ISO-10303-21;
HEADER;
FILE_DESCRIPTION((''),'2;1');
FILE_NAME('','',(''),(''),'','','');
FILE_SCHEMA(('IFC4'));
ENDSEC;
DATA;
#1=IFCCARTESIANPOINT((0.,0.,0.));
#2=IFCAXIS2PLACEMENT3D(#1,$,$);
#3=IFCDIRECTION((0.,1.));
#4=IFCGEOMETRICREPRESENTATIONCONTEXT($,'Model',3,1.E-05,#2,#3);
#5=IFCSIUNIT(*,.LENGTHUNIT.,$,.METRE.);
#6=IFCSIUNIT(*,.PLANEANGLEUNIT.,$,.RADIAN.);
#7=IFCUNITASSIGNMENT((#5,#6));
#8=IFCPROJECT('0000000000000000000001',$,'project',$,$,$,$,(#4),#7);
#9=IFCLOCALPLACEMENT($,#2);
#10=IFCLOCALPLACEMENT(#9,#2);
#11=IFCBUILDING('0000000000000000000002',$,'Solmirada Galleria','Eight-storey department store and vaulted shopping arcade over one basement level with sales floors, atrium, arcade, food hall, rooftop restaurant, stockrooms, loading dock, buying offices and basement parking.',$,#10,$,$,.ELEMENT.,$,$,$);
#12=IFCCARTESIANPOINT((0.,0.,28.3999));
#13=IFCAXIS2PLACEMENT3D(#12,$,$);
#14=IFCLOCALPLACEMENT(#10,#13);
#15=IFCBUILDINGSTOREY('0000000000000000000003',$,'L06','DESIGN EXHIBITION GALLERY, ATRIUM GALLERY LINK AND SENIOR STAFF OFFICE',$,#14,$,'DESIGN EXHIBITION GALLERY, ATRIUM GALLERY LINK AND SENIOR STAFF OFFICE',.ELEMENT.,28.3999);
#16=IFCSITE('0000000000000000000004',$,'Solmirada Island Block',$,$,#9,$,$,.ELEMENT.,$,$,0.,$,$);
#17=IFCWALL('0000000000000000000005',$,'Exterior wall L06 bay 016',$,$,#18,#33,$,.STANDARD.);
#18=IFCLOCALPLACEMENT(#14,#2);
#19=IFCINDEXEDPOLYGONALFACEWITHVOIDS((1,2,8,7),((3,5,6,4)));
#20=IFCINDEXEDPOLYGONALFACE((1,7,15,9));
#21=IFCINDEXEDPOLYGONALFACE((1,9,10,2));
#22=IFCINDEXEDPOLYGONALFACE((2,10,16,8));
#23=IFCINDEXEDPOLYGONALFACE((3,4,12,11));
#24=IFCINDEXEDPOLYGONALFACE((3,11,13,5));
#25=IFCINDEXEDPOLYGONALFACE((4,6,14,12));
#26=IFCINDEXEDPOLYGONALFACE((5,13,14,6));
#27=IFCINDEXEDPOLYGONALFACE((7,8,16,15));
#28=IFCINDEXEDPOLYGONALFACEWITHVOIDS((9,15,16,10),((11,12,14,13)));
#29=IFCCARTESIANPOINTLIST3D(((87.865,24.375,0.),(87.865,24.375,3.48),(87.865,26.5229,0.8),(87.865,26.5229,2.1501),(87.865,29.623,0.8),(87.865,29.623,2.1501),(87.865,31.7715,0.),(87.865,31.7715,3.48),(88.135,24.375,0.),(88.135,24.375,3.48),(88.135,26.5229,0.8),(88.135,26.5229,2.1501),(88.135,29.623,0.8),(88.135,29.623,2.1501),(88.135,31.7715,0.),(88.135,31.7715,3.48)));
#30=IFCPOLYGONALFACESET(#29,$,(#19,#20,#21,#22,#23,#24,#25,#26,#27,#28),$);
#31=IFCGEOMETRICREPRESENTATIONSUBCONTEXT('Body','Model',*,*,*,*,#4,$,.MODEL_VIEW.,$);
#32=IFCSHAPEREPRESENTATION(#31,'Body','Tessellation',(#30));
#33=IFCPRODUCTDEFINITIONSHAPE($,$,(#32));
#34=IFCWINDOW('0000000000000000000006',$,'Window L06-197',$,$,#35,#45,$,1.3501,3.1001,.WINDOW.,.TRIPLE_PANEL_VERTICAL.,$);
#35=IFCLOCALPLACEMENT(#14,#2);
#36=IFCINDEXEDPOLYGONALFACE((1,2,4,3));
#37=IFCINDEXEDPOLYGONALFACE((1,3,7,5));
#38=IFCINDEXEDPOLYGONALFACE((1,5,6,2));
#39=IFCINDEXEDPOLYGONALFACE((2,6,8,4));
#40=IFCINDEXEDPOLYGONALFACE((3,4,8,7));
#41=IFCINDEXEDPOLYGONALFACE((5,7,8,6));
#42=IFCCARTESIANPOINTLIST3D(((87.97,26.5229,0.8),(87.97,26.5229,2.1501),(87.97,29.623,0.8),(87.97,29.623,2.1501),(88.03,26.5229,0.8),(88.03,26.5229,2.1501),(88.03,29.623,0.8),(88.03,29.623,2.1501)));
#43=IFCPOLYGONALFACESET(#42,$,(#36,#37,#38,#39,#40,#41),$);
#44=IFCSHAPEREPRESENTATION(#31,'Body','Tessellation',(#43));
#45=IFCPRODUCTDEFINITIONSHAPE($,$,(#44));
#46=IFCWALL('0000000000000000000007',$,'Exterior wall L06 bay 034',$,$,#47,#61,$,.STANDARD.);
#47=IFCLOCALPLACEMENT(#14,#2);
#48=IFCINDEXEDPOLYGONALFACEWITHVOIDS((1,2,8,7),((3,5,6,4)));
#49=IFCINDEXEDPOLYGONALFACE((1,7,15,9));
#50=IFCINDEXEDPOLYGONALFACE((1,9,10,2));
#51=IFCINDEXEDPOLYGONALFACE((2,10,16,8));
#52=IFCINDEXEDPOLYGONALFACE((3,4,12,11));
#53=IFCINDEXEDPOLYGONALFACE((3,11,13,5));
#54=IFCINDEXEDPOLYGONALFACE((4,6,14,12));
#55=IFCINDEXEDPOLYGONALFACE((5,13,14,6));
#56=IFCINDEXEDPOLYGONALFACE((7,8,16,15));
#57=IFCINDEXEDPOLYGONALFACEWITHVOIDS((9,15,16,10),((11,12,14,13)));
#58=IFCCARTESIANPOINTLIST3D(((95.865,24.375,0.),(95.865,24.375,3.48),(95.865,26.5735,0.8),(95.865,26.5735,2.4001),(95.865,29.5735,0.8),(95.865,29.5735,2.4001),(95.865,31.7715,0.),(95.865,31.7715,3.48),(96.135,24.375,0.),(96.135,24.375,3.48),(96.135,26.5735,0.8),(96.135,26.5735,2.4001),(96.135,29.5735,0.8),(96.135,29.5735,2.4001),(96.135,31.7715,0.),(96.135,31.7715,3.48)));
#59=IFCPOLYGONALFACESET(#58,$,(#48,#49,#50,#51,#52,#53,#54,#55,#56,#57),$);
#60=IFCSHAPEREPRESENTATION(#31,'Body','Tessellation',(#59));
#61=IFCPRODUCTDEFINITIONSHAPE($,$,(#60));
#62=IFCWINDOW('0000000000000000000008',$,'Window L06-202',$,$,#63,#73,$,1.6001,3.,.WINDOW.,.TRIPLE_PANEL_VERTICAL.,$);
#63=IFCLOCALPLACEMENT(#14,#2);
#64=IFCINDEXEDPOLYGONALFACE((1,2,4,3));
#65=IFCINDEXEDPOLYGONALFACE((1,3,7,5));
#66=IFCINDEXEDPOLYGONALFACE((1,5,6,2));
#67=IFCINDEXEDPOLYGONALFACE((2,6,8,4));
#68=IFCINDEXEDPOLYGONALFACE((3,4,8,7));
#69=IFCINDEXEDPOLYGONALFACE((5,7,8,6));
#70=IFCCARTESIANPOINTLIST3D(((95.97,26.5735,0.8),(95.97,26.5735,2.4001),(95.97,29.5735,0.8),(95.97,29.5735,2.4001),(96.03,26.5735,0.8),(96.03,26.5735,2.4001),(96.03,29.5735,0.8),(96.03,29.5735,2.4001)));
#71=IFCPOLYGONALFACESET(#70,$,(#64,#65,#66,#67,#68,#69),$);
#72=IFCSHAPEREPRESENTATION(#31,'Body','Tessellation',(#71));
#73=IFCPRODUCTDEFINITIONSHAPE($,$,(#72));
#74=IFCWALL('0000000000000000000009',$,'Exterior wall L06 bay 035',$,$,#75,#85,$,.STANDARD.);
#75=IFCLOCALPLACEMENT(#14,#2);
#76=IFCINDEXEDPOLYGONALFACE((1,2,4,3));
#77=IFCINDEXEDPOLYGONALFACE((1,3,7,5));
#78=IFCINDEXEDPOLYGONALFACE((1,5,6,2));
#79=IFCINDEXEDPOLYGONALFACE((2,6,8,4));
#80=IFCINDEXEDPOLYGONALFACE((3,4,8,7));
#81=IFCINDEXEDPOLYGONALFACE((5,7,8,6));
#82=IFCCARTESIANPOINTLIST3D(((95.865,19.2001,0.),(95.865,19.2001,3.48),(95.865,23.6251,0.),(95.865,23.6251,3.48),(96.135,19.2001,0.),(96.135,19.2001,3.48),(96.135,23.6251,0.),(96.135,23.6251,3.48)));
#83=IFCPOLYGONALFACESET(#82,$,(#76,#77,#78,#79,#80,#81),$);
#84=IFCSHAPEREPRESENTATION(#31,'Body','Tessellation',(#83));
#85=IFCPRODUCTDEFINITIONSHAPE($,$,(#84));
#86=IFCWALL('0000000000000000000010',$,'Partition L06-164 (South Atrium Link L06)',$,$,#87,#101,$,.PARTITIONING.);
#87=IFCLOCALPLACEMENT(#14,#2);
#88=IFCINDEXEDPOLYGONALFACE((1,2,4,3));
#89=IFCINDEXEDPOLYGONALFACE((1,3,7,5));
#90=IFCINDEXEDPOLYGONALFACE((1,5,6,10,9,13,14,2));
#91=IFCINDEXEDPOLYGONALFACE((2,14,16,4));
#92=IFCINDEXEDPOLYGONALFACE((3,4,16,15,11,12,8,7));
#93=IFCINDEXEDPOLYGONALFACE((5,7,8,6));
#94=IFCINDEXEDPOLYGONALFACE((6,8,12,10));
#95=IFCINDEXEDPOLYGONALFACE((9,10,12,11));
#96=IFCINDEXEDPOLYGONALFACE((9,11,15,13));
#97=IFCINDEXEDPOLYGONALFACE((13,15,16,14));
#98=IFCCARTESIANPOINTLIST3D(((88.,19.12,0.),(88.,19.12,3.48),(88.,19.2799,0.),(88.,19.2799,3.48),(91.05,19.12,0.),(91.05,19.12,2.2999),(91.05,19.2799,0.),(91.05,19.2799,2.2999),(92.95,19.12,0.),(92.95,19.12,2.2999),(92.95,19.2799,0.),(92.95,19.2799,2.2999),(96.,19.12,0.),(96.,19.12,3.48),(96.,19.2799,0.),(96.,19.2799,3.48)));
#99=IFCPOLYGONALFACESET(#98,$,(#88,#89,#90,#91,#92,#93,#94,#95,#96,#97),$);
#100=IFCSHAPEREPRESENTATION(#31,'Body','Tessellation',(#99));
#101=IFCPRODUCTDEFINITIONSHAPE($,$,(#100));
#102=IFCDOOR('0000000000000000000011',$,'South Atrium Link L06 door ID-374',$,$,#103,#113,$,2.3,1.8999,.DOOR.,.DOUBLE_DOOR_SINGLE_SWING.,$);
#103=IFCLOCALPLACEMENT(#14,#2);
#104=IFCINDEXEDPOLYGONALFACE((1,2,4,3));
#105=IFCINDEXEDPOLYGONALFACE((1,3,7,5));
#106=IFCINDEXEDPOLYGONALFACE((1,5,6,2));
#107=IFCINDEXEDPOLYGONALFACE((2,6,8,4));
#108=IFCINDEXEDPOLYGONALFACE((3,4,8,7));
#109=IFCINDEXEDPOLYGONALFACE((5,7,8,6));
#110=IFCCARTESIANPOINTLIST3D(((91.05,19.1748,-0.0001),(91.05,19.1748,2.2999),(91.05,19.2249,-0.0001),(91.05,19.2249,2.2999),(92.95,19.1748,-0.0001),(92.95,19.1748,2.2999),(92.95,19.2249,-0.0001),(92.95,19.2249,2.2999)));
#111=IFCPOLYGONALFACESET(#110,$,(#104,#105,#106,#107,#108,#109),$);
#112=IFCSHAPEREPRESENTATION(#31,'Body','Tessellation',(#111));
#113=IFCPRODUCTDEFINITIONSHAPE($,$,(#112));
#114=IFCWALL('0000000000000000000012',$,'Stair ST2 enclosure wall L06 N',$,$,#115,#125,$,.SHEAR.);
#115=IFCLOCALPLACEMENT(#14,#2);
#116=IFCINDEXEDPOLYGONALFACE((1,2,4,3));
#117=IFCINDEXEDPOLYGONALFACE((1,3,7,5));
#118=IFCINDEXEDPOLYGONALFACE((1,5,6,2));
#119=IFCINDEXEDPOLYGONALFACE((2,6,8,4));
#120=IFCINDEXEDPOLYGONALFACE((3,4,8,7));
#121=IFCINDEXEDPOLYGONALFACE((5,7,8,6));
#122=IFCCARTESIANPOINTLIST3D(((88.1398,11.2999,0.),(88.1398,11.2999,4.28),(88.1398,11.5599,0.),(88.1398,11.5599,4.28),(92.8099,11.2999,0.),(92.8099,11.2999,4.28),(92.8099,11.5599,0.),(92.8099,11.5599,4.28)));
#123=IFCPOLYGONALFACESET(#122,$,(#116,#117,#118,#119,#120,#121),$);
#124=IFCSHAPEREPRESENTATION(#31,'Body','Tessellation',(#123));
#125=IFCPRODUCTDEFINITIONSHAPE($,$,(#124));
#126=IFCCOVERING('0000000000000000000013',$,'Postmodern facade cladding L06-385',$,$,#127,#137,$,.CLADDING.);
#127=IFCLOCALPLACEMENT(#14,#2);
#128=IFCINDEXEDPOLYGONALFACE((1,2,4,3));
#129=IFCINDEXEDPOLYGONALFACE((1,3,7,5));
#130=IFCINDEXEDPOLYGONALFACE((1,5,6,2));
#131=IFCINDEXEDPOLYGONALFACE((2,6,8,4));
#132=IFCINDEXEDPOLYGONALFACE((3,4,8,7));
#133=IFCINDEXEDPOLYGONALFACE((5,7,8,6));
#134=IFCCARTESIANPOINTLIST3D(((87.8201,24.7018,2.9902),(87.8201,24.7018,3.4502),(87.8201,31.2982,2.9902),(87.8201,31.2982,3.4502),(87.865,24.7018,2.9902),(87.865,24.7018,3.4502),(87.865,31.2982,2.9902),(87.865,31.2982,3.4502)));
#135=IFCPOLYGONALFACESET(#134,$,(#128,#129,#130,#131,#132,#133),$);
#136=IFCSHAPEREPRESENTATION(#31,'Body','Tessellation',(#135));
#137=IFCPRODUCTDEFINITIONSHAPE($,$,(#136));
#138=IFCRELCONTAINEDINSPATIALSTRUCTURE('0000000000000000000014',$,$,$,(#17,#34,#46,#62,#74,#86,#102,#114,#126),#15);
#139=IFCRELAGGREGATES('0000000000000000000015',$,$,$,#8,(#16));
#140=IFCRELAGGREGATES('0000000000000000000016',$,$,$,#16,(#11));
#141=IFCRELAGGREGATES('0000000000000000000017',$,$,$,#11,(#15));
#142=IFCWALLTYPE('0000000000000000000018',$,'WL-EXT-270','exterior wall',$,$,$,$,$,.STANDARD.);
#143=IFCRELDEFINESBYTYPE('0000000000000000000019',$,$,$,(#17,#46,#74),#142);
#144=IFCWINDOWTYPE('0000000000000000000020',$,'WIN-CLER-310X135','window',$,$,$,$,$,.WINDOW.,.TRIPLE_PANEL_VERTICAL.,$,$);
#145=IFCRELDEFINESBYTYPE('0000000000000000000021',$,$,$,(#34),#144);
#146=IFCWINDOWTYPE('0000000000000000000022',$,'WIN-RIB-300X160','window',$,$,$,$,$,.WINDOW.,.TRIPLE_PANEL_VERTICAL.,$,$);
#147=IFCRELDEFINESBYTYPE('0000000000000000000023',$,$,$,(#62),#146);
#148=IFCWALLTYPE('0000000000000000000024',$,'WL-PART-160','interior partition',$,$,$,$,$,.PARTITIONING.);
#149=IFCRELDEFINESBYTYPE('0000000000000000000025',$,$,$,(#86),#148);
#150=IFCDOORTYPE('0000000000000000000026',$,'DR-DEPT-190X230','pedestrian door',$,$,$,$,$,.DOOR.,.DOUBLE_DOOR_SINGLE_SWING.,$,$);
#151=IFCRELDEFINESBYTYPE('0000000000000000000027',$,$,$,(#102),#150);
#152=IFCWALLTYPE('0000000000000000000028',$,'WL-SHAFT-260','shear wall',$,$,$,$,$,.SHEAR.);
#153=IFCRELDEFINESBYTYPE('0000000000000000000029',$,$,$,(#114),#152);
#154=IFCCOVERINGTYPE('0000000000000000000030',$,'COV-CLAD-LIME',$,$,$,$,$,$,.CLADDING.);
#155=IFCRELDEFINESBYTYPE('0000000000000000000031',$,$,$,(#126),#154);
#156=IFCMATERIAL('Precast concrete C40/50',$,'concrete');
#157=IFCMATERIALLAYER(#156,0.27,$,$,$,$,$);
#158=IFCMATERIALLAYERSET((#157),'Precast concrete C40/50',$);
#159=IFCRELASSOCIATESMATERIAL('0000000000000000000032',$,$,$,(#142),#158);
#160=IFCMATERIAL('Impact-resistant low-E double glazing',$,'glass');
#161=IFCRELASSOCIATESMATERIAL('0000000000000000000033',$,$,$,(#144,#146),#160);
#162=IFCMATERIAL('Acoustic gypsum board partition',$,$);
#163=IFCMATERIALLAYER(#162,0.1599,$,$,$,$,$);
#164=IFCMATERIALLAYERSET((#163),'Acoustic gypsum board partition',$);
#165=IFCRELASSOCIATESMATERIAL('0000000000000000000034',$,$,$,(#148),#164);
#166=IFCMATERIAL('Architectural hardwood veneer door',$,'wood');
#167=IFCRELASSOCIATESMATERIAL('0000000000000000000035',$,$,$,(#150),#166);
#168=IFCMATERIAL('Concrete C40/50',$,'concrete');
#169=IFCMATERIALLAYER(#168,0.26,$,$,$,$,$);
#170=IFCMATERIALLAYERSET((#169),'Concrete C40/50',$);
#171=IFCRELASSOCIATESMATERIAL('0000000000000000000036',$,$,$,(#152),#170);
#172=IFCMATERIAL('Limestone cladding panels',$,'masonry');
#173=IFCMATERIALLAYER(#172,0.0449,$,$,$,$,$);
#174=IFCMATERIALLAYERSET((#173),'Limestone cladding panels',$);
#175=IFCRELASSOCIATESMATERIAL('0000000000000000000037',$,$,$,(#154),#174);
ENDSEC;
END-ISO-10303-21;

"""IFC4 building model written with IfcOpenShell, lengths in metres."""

from ifc_helpers import new_model, si_unit, direction, frame, frame_2d, origin, origin_2d, place, context, subcontext, project, spatial, rectangle, extrude, material, layer, layer_set, type_object, element, fill, save


model = new_model("IFC4")

# Units and contexts
model_context = context("Model", 3, precision=1e-05, world=origin(), true_north=direction((0.0, 1.0)))
body_context = subcontext(model_context, "Body", "Model", "MODEL_VIEW")
ifc_project = project(units=[si_unit("LENGTHUNIT", "METRE"), si_unit("PLANEANGLEUNIT", "RADIAN")], contexts=[model_context])

# Site, building, storey
site_placement = place(None, origin())
site = spatial("IfcSite", under=ifc_project, at=site_placement, Name="Solmirada Island Block", CompositionType="ELEMENT", RefElevation=0.0)
building_placement = place(site_placement, origin())
building = spatial("IfcBuilding", under=site, at=building_placement, Name="Solmirada Galleria", Description="Eight-storey department store and vaulted shopping arcade over one basement level with sales floors, atrium, arcade, food hall, rooftop restaurant, stockrooms, loading dock, buying offices and basement parking.", CompositionType="ELEMENT")
storey_placement = place(building_placement, frame((0.0, 0.0, 28.3999)))
storey = spatial("IfcBuildingStorey", under=building, at=storey_placement, Name="L06", Description="DESIGN EXHIBITION GALLERY, ATRIUM GALLERY LINK AND SENIOR STAFF OFFICE", LongName="DESIGN EXHIBITION GALLERY, ATRIUM GALLERY LINK AND SENIOR STAFF OFFICE", CompositionType="ELEMENT", Elevation=28.3999)

# Shared definitions
ifc_material_1 = material(Name="Concrete C40/50", Category="concrete")

# Shared definitions
ifc_material_2 = material(Name="Precast concrete C40/50", Category="concrete")
ifc_layer_1 = layer(ifc_material_2, 0.27)
ifc_layer_set_1 = layer_set([ifc_layer_1], Name="Precast concrete C40/50")
wall_type_1 = type_object("IfcWallType", Name="WL-EXT-270", Description="exterior wall", PredefinedType="STANDARD", material=ifc_layer_set_1)

# Walls, openings, windows
wall_1_placement = place(storey_placement, frame((88.0, 24.375, 0.0), z_axis=(0.0, 0.0, 1.0), x_axis=(0.0, 1.0, 0.0)))
wall_1 = element("IfcWall", 1, at=wall_1_placement, inside=storey, type_object=wall_type_1, Name="Exterior wall L06 bay 016", PredefinedType="STANDARD", context=body_context, shape_type="SweptSolid", body=[
    extrude(rectangle(XDim=7.3965, YDim=0.27, at=frame_2d((3.6982, 0.0))), origin(), (0.0, 0.0, 1.0), 3.48),
])
opening_1_placement = place(wall_1_placement, frame((2.1479, 0.0, 0.8)))
opening_1 = element("IfcOpeningElement", 2, at=opening_1_placement, cuts=wall_1, PredefinedType="OPENING", context=body_context, shape_type="SweptSolid", body=[
    extrude(rectangle(XDim=3.1001, YDim=1.3501, at=frame_2d((1.55, 0.675))), frame((0.0, 0.145, 0.0), z_axis=(0.0, -1.0, 0.0), x_axis=(1.0, 0.0, 0.0)), (0.0, 0.0, 1.0), 0.29),
])
ifc_material_3 = material(Name="Impact-resistant low-E double glazing", Category="glass")
window_type_1 = type_object("IfcWindowType", Name="WIN-CLER-310X135", Description="window", PartitioningType="TRIPLE_PANEL_VERTICAL", PredefinedType="WINDOW", material=ifc_material_3)
window_1_placement = place(opening_1_placement, origin())
window_1 = element("IfcWindow", 3, at=window_1_placement, inside=storey, type_object=window_type_1, Name="Window L06-197", OverallHeight=1.3501, OverallWidth=3.1001, PartitioningType="TRIPLE_PANEL_VERTICAL", PredefinedType="WINDOW", context=body_context, shape_type="SweptSolid", body=[
    extrude(rectangle(XDim=3.1001, YDim=1.3501, at=frame_2d((1.55, 0.675))), frame((0.0, 0.03, 0.0), z_axis=(0.0, -1.0, 0.0), x_axis=(1.0, 0.0, 0.0)), (0.0, 0.0, 1.0), 0.0601),
])
fill(opening_1, window_1)
wall_2_placement = place(storey_placement, frame((96.0, 31.7715, 0.0), z_axis=(0.0, 0.0, 1.0), x_axis=(0.0, -1.0, 0.0)))
wall_2 = element("IfcWall", 4, at=wall_2_placement, inside=storey, type_object=wall_type_1, Name="Exterior wall L06 bay 034", PredefinedType="STANDARD", context=body_context, shape_type="SweptSolid", body=[
    extrude(rectangle(XDim=7.3965, YDim=0.27, at=frame_2d((3.6982, 0.0))), origin(), (0.0, 0.0, 1.0), 3.48),
])
opening_2_placement = place(wall_2_placement, frame((2.198, 0.0, 0.8)))
opening_2 = element("IfcOpeningElement", 5, at=opening_2_placement, cuts=wall_2, PredefinedType="OPENING", context=body_context, shape_type="SweptSolid", body=[
    extrude(rectangle(XDim=3.0, YDim=1.6001, at=frame_2d((1.5, 0.8))), frame((0.0, 0.145, 0.0), z_axis=(0.0, -1.0, 0.0), x_axis=(1.0, 0.0, 0.0)), (0.0, 0.0, 1.0), 0.29),
])
window_type_2 = type_object("IfcWindowType", Name="WIN-RIB-300X160", Description="window", PartitioningType="TRIPLE_PANEL_VERTICAL", PredefinedType="WINDOW", material=ifc_material_3)
window_2_placement = place(opening_2_placement, origin())
window_2 = element("IfcWindow", 6, at=window_2_placement, inside=storey, type_object=window_type_2, Name="Window L06-202", OverallHeight=1.6001, OverallWidth=3.0, PartitioningType="TRIPLE_PANEL_VERTICAL", PredefinedType="WINDOW", context=body_context, shape_type="SweptSolid", body=[
    extrude(rectangle(XDim=3.0, YDim=1.6001, at=frame_2d((1.5, 0.8))), frame((0.0, 0.03, 0.0), z_axis=(0.0, -1.0, 0.0), x_axis=(1.0, 0.0, 0.0)), (0.0, 0.0, 1.0), 0.0601),
])
fill(opening_2, window_2)

# Wall
wall_3_placement = place(storey_placement, frame((96.0, 23.625, 0.0), z_axis=(0.0, 0.0, 1.0), x_axis=(0.0, -1.0, 0.0)))
element("IfcWall", 7, at=wall_3_placement, inside=storey, type_object=wall_type_1, Name="Exterior wall L06 bay 035", PredefinedType="STANDARD", context=body_context, shape_type="SweptSolid", body=[
    extrude(rectangle(XDim=4.425, YDim=0.27, at=frame_2d((2.2124, 0.0))), origin(), (0.0, 0.0, 1.0), 3.48),
])

# Wall, opening, door
ifc_material_4 = material(Name="Acoustic gypsum board partition")
ifc_layer_2 = layer(ifc_material_4, 0.1599)
ifc_layer_set_2 = layer_set([ifc_layer_2], Name="Acoustic gypsum board partition")
wall_type_2 = type_object("IfcWallType", Name="WL-PART-160", Description="interior partition", PredefinedType="PARTITIONING", material=ifc_layer_set_2)
wall_4_placement = place(storey_placement, frame((88.0, 19.2, 0.0), z_axis=(0.0, 0.0, 1.0), x_axis=(1.0, 0.0, 0.0)))
wall_4 = element("IfcWall", 8, at=wall_4_placement, inside=storey, type_object=wall_type_2, Name="Partition L06-164 (South Atrium Link L06)", PredefinedType="PARTITIONING", context=body_context, shape_type="SweptSolid", body=[
    extrude(rectangle(XDim=8.0, YDim=0.1599, at=frame_2d((4.0, 0.0))), origin(), (0.0, 0.0, 1.0), 3.48),
])
opening_3_placement = place(wall_4_placement, frame((3.05, 0.0, 0.0)))
opening_3 = element("IfcOpeningElement", 9, at=opening_3_placement, cuts=wall_4, PredefinedType="OPENING", context=body_context, shape_type="SweptSolid", body=[
    extrude(rectangle(XDim=1.8999, YDim=2.3, at=frame_2d((0.95, 1.1499))), frame((0.0, 0.0898, 0.0), z_axis=(0.0, -1.0, 0.0), x_axis=(1.0, 0.0, 0.0)), (0.0, 0.0, 1.0), 0.1799),
])
ifc_material_5 = material(Name="Architectural hardwood veneer door", Category="wood")
door_type_1 = type_object("IfcDoorType", Name="DR-DEPT-190X230", Description="pedestrian door", OperationType="DOUBLE_DOOR_SINGLE_SWING", PredefinedType="DOOR", material=ifc_material_5)
door_1_placement = place(opening_3_placement, origin())
door_1 = element("IfcDoor", 10, at=door_1_placement, inside=storey, type_object=door_type_1, Name="South Atrium Link L06 door ID-374", OperationType="DOUBLE_DOOR_SINGLE_SWING", OverallHeight=2.3, OverallWidth=1.8999, PredefinedType="DOOR", context=body_context, shape_type="SweptSolid", body=[
    extrude(rectangle(XDim=1.8999, YDim=2.3, at=frame_2d((0.95, 1.1499))), frame((0.0, 0.0249, 0.0), z_axis=(0.0, -1.0, 0.0), x_axis=(1.0, 0.0, 0.0)), (0.0, 0.0, 1.0), 0.05),
])
fill(opening_3, door_1)

# Wall
ifc_layer_3 = layer(ifc_material_1, 0.26)
ifc_layer_set_3 = layer_set([ifc_layer_3], Name="Concrete C40/50")
wall_type_3 = type_object("IfcWallType", Name="WL-SHAFT-260", Description="shear wall", PredefinedType="SHEAR", material=ifc_layer_set_3)
wall_5_placement = place(storey_placement, frame((88.1399, 11.4299, 0.0), z_axis=(0.0, 0.0, 1.0), x_axis=(1.0, 0.0, 0.0)))
element("IfcWall", 11, at=wall_5_placement, inside=storey, type_object=wall_type_3, Name="Stair ST2 enclosure wall L06 N", PredefinedType="SHEAR", context=body_context, shape_type="SweptSolid", body=[
    extrude(rectangle(XDim=4.6702, YDim=0.26, at=frame_2d((2.335, 0.0))), origin(), (0.0, 0.0, 1.0), 4.28),
])

# Covering
ifc_material_6 = material(Name="Limestone cladding panels", Category="masonry")
ifc_layer_4 = layer(ifc_material_6, 0.0449)
ifc_layer_set_4 = layer_set([ifc_layer_4], Name="Limestone cladding panels")
covering_type = type_object("IfcCoveringType", Name="COV-CLAD-LIME", PredefinedType="CLADDING", material=ifc_layer_set_4)
covering_placement = place(storey_placement, frame((87.8425, 28.0, 2.9902), z_axis=(0.0, 0.0, 1.0), x_axis=(0.0, 1.0, 0.0)))
element("IfcCovering", 12, at=covering_placement, inside=storey, type_object=covering_type, Name="Postmodern facade cladding L06-385", PredefinedType="CLADDING", context=body_context, shape_type="SweptSolid", body=[
    extrude(rectangle(XDim=6.5964, YDim=0.0449, at=origin_2d()), origin(), (0.0, 0.0, 1.0), 0.46),
])

save(model, "model.ifc")
